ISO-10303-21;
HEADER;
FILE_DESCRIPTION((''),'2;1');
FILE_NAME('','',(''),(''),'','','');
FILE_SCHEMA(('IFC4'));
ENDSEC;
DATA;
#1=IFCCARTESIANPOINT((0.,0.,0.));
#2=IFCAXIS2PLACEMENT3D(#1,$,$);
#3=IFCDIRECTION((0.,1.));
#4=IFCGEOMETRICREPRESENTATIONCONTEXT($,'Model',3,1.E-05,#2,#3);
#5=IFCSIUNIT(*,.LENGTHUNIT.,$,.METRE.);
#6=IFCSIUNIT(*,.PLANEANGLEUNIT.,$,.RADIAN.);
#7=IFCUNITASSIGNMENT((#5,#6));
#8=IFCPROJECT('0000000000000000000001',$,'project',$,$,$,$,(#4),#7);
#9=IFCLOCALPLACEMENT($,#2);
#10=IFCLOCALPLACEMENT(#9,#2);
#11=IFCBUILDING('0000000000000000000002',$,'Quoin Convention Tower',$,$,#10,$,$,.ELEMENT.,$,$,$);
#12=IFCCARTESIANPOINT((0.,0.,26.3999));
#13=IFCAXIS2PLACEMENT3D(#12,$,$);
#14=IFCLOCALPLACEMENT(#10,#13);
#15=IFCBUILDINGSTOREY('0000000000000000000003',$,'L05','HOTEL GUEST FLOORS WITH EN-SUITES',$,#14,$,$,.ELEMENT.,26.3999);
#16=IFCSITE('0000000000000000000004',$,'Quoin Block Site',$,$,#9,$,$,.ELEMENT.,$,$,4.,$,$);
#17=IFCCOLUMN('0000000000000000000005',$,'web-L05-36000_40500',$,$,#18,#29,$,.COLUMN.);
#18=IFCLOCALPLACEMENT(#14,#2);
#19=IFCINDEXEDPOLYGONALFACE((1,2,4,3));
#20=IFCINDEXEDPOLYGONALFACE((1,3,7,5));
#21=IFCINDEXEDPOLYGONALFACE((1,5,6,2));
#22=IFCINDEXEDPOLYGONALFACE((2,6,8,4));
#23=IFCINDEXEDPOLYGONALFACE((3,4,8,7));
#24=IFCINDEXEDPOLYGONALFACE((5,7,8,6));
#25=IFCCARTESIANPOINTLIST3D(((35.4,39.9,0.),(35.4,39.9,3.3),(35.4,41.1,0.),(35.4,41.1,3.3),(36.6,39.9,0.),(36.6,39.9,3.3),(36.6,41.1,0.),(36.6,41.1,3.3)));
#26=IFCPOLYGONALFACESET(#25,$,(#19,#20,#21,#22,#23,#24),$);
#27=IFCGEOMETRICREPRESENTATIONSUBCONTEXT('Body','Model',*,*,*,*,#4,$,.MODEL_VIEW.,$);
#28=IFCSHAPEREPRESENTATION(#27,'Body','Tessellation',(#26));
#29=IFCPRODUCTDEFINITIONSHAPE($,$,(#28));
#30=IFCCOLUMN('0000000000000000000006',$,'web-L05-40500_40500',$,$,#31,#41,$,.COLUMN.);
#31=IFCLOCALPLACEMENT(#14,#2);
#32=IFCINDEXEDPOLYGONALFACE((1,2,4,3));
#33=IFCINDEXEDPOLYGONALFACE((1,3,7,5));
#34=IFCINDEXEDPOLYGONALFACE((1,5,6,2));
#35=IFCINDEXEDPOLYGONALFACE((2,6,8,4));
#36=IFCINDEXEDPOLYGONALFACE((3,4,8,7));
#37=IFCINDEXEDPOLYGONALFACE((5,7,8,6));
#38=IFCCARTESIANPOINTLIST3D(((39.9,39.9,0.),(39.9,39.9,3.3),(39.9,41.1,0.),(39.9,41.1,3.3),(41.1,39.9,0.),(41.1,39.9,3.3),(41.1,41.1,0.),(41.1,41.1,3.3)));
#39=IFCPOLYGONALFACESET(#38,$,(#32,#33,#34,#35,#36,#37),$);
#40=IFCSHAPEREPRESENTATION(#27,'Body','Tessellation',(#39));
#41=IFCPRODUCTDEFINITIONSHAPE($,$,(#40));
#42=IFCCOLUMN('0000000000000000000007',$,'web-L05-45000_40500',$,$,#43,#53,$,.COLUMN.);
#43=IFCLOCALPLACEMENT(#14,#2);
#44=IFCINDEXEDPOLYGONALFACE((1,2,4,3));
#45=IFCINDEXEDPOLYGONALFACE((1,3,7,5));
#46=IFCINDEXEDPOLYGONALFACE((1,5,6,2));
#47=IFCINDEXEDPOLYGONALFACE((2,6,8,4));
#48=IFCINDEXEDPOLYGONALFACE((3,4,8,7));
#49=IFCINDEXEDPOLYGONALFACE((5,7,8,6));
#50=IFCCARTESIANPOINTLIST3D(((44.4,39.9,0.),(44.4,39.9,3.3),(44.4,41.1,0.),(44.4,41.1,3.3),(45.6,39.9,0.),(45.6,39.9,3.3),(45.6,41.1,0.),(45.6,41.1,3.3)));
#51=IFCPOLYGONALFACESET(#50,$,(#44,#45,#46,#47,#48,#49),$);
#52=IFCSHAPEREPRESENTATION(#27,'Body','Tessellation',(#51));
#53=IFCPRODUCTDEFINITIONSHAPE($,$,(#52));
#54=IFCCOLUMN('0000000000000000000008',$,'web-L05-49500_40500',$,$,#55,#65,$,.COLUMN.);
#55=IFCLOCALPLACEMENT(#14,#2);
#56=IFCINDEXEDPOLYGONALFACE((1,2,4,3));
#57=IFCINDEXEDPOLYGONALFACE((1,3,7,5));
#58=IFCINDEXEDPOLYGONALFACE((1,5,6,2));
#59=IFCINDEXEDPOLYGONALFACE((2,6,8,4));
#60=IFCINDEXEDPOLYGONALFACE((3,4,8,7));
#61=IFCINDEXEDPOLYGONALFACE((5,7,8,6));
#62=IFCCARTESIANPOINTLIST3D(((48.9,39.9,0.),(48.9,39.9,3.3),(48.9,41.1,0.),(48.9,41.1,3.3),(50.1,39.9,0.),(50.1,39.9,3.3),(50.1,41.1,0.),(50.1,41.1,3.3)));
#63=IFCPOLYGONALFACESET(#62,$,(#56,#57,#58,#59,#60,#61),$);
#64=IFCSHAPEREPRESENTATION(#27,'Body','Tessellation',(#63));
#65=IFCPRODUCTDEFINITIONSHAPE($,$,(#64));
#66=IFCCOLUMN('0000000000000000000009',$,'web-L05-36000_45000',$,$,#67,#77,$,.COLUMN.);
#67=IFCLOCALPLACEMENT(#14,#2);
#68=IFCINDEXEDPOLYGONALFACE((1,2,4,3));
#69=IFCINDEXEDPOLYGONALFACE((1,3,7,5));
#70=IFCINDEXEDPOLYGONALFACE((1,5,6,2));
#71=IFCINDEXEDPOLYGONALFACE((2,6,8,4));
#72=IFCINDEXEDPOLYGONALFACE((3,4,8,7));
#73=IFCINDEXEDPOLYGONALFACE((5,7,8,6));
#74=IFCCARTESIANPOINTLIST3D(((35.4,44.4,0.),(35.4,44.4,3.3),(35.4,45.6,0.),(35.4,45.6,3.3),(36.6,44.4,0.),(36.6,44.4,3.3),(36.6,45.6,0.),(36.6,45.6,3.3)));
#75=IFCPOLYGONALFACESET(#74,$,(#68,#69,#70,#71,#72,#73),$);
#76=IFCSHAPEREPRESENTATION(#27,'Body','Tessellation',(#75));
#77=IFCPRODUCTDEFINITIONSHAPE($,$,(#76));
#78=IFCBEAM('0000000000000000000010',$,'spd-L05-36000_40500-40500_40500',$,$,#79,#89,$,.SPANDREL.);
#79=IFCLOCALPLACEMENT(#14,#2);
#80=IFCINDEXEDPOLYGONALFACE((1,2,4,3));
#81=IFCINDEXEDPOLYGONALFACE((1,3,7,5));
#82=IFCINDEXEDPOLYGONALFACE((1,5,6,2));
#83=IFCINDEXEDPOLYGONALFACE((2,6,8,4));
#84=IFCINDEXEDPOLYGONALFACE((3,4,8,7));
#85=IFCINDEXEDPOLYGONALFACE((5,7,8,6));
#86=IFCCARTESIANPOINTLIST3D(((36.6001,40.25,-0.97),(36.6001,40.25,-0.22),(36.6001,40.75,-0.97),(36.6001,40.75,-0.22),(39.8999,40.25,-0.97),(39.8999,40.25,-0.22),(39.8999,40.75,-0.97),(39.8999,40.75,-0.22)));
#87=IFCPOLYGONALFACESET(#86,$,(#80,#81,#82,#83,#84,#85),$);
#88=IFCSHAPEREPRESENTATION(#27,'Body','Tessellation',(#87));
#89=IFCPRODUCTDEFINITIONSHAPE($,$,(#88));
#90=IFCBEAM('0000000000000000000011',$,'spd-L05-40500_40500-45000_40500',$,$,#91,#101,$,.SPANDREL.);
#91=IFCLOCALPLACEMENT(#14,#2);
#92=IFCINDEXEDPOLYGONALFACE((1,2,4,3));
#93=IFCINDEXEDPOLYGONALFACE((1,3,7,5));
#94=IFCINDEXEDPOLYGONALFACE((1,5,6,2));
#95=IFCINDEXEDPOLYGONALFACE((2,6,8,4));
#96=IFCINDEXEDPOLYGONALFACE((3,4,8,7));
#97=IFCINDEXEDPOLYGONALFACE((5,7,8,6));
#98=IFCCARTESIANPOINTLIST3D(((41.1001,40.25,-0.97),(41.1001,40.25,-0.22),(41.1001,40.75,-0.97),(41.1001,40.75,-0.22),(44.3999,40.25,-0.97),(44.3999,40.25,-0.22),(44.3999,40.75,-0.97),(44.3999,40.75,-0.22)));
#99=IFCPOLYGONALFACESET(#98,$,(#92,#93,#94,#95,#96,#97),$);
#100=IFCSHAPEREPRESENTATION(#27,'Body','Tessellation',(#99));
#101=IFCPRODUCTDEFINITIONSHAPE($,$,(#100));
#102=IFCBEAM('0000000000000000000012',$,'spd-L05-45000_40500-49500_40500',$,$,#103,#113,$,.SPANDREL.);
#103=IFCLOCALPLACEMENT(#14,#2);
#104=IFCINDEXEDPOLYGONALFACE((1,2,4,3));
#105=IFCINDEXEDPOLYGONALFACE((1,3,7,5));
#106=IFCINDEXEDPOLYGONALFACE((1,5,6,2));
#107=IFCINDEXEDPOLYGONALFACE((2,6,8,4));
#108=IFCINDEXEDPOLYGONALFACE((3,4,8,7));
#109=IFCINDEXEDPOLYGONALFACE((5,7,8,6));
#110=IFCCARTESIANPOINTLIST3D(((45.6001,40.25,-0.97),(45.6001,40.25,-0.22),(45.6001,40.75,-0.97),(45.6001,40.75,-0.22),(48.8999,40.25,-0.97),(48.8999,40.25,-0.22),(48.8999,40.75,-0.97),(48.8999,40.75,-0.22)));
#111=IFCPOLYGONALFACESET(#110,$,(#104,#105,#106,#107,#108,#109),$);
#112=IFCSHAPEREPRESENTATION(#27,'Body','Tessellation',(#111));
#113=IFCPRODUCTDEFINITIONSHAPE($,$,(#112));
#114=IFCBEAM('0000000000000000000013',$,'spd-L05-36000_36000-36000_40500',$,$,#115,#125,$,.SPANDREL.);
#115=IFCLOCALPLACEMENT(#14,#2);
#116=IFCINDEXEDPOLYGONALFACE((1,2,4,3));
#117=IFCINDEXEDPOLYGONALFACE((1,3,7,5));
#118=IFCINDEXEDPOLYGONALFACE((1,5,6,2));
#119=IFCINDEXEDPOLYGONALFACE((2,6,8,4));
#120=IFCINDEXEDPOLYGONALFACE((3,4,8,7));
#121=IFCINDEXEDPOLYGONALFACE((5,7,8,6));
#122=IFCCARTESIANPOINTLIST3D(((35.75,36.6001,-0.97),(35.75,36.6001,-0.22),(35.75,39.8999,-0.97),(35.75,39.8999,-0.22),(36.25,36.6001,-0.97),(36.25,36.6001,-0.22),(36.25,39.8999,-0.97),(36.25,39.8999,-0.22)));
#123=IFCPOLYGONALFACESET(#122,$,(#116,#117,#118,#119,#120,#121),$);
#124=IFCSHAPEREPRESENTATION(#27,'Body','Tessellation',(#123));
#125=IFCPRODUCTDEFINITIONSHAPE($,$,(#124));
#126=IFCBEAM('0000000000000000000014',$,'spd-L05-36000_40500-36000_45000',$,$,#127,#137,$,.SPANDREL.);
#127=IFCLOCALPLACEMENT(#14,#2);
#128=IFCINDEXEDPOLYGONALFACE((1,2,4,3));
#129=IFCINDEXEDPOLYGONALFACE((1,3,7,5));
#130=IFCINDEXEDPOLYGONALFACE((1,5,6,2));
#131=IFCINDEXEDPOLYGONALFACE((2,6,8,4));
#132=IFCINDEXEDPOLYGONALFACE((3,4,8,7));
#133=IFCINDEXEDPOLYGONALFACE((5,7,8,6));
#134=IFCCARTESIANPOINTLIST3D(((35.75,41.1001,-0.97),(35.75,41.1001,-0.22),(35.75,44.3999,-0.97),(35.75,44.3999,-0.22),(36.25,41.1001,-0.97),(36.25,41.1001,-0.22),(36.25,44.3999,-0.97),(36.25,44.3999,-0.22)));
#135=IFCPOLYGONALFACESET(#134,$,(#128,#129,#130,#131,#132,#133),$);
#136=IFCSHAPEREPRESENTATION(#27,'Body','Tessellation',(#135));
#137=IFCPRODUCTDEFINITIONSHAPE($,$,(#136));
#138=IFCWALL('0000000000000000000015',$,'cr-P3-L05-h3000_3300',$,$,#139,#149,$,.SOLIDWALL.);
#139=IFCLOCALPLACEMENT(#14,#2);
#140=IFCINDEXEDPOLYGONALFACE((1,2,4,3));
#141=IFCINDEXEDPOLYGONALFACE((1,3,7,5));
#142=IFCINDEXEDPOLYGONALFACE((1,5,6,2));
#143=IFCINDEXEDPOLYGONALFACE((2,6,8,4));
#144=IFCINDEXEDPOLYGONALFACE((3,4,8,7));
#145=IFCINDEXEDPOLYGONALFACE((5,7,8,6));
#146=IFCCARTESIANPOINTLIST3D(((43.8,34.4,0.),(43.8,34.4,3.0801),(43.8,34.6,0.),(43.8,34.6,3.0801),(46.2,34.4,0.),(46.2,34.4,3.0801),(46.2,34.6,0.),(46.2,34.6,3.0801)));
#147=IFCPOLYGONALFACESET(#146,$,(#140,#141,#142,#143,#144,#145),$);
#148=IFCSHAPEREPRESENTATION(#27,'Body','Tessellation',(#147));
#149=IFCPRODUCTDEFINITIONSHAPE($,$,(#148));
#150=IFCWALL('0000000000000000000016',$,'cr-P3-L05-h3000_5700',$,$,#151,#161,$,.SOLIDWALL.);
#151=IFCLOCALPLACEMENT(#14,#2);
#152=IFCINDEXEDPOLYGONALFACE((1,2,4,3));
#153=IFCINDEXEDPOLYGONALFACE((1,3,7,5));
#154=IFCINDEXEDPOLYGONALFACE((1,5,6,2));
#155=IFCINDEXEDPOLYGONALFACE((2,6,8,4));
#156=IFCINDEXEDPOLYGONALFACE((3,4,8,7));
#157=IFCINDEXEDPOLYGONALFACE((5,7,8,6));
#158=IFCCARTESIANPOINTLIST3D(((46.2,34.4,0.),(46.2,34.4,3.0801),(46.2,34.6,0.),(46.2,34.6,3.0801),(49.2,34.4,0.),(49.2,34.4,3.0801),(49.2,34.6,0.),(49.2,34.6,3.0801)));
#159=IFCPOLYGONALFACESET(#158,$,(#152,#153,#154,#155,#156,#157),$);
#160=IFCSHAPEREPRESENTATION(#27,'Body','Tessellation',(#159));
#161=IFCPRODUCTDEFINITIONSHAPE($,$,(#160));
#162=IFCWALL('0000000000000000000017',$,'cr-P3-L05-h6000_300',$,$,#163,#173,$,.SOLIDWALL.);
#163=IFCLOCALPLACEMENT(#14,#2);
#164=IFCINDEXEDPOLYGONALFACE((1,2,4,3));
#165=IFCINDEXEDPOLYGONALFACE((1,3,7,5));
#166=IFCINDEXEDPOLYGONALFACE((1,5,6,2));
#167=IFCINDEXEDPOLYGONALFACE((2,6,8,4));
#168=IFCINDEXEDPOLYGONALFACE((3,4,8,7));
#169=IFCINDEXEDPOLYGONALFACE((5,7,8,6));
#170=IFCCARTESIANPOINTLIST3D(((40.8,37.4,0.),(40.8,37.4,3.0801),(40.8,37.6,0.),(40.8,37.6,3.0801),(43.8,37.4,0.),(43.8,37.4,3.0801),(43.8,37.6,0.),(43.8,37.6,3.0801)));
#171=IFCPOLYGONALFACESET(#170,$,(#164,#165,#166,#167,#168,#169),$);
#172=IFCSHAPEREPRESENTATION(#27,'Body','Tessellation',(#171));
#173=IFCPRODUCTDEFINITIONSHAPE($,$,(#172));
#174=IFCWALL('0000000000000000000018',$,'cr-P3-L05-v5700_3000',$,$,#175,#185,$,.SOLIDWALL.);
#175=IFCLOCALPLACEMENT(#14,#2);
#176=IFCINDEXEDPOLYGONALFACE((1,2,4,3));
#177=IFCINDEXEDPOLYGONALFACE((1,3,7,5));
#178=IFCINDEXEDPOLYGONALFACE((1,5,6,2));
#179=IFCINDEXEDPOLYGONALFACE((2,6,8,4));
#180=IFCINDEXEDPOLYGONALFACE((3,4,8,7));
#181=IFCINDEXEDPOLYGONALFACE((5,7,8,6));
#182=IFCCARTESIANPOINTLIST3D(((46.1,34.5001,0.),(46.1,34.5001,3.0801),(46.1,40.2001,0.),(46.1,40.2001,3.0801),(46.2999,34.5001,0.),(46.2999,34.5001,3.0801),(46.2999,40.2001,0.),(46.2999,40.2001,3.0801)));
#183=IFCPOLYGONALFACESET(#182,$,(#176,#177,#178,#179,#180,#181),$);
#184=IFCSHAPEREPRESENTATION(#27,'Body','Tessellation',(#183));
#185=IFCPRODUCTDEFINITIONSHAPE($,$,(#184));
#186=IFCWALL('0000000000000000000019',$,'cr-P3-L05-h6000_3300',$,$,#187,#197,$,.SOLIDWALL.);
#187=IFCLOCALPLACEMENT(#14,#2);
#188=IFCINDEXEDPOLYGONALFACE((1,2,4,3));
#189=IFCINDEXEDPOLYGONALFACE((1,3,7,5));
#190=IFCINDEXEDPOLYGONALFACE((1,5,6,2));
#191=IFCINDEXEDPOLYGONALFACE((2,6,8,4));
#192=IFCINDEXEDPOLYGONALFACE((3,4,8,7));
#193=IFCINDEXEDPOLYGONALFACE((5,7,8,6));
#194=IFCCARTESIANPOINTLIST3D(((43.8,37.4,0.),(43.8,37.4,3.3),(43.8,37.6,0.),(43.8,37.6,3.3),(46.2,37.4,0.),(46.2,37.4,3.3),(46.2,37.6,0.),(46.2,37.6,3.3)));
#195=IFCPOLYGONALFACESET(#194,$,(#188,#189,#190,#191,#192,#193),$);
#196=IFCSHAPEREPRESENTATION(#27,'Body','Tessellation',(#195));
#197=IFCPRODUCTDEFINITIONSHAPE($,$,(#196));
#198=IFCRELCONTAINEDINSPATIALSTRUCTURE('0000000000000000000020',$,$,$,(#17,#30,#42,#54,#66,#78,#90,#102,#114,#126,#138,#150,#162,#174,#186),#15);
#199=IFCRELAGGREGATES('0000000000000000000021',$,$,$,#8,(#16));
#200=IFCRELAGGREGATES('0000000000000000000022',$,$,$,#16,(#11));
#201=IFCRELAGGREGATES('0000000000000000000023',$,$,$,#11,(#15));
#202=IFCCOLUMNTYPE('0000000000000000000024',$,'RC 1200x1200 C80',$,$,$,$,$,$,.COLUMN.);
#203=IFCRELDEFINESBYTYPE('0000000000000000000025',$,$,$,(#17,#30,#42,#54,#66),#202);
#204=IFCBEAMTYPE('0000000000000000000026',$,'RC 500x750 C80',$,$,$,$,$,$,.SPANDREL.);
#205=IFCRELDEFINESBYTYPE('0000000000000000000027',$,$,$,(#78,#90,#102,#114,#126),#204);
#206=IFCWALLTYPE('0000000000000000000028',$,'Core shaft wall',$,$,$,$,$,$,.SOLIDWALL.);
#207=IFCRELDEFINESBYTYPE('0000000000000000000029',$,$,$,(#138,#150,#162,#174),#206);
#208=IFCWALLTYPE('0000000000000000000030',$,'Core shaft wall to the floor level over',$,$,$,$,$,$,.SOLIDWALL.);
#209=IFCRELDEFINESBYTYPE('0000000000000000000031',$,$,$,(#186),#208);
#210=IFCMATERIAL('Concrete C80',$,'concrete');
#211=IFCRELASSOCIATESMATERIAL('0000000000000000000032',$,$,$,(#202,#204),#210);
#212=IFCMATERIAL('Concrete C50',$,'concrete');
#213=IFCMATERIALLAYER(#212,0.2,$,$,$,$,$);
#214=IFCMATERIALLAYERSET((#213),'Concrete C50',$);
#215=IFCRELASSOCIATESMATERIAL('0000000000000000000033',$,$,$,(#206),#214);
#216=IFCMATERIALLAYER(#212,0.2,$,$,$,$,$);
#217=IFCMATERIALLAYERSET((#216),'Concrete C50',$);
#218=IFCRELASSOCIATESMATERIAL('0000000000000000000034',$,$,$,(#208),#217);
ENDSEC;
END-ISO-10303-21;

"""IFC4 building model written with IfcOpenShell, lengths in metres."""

from ifc_helpers import new_model, si_unit, direction, frame, frame_2d, origin, origin_2d, place, context, subcontext, project, spatial, rectangle, extrude, material, layer, layer_set, material_profile, profile_set, type_object, element, save


model = new_model("IFC4")

# Units and contexts
model_context = context("Model", 3, precision=1e-05, world=origin(), true_north=direction((0.0, 1.0)))
body_context = subcontext(model_context, "Body", "Model", "MODEL_VIEW")
ifc_project = project(units=[si_unit("LENGTHUNIT", "METRE"), si_unit("PLANEANGLEUNIT", "RADIAN")], contexts=[model_context])

# Site, building, storey
site_placement = place(None, origin())
site = spatial("IfcSite", under=ifc_project, at=site_placement, Name="Quoin Block Site", CompositionType="ELEMENT", RefElevation=4.0)
building_placement = place(site_placement, origin())
building = spatial("IfcBuilding", under=site, at=building_placement, Name="Quoin Convention Tower", CompositionType="ELEMENT")
storey_placement = place(building_placement, frame((0.0, 0.0, 26.3999)))
storey = spatial("IfcBuildingStorey", under=building, at=storey_placement, Name="L05", Description="HOTEL GUEST FLOORS WITH EN-SUITES", CompositionType="ELEMENT", Elevation=26.3999)

# Columns
ifc_material_1 = material(Name="Concrete C80", Category="concrete")
ifc_material_profile_1 = material_profile(ifc_material_1, rectangle(XDim=1.2, YDim=1.2, at=origin_2d()), Name="RC 1200x1200")
ifc_profile_set_1 = profile_set([ifc_material_profile_1], Name="Concrete C80")
column_type = type_object("IfcColumnType", Name="RC 1200x1200 C80", PredefinedType="COLUMN", material=ifc_profile_set_1)
for number, where, z_axis, x_axis, name in (
    (1, (36.0, 40.5, 0.0), (0.0, 0.0, 1.0), (1.0, 0.0, 0.0), "web-L05-36000_40500"),
    (2, (40.5, 40.5, 0.0), (0.0, 0.0, 1.0), (1.0, 0.0, 0.0), "web-L05-40500_40500"),
    (3, (45.0, 40.5, 0.0), (0.0, 0.0, 1.0), (1.0, 0.0, 0.0), "web-L05-45000_40500"),
    (4, (49.5, 40.5, 0.0), (0.0, 0.0, 1.0), (1.0, 0.0, 0.0), "web-L05-49500_40500"),
    (5, (36.0, 45.0, 0.0), (0.0, 0.0, 1.0), (1.0, 0.0, 0.0), "web-L05-36000_45000"),
):
    element("IfcColumn", number, at=place(storey_placement, frame(where, z_axis=z_axis, x_axis=x_axis)), inside=storey, type_object=column_type, Name=name, PredefinedType="COLUMN", context=body_context, shape_type="SweptSolid", body=[
        extrude(rectangle(XDim=1.2, YDim=1.2, at=origin_2d()), origin(), (0.0, 0.0, 1.0), 3.3),
    ])

# Beams
ifc_material_profile_2 = material_profile(ifc_material_1, rectangle(XDim=0.5, YDim=0.75, at=origin_2d()), Name="RC 500x750")
ifc_profile_set_2 = profile_set([ifc_material_profile_2], Name="Concrete C80")
beam_type = type_object("IfcBeamType", Name="RC 500x750 C80", PredefinedType="SPANDREL", material=ifc_profile_set_2)
for number, where, z_axis, x_axis, name in (
    (6, (36.6001, 40.5, -0.595), (1.0, 0.0, 0.0), (0.0, 1.0, 0.0), "spd-L05-36000_40500-40500_40500"),
    (7, (41.1001, 40.5, -0.595), (1.0, 0.0, 0.0), (0.0, 1.0, 0.0), "spd-L05-40500_40500-45000_40500"),
    (8, (45.6001, 40.5, -0.595), (1.0, 0.0, 0.0), (0.0, 1.0, 0.0), "spd-L05-45000_40500-49500_40500"),
    (9, (36.0, 36.6001, -0.595), (0.0, 1.0, 0.0), (-1.0, 0.0, 0.0), "spd-L05-36000_36000-36000_40500"),
    (10, (36.0, 41.1001, -0.595), (0.0, 1.0, 0.0), (-1.0, 0.0, 0.0), "spd-L05-36000_40500-36000_45000"),
):
    element("IfcBeam", number, at=place(storey_placement, frame(where, z_axis=z_axis, x_axis=x_axis)), inside=storey, type_object=beam_type, Name=name, PredefinedType="SPANDREL", context=body_context, shape_type="SweptSolid", body=[
        extrude(rectangle(XDim=0.5, YDim=0.75, at=origin_2d()), origin(), (0.0, 0.0, 1.0), 3.2998),
    ])

# Walls
ifc_material_2 = material(Name="Concrete C50", Category="concrete")
ifc_layer_1 = layer(ifc_material_2, 0.2)
ifc_layer_set_1 = layer_set([ifc_layer_1], Name="Concrete C50")
wall_type_1 = type_object("IfcWallType", Name="Core shaft wall", PredefinedType="SOLIDWALL", material=ifc_layer_set_1)
wall_1_placement = place(storey_placement, frame((43.8, 34.5, 0.0), z_axis=(0.0, 0.0, 1.0), x_axis=(1.0, 0.0, 0.0)))
element("IfcWall", 11, at=wall_1_placement, inside=storey, type_object=wall_type_1, Name="cr-P3-L05-h3000_3300", PredefinedType="SOLIDWALL", context=body_context, shape_type="SweptSolid", body=[
    extrude(rectangle(XDim=2.3999, YDim=0.2, at=frame_2d((1.2, 0.0))), origin(), (0.0, 0.0, 1.0), 3.0801),
])
for number, where, z_axis, x_axis, name in (
    (12, (46.2, 34.5, 0.0), (0.0, 0.0, 1.0), (1.0, 0.0, 0.0), "cr-P3-L05-h3000_5700"),
    (13, (40.8, 37.5, 0.0), (0.0, 0.0, 1.0), (1.0, 0.0, 0.0), "cr-P3-L05-h6000_300"),
):
    element("IfcWall", number, at=place(storey_placement, frame(where, z_axis=z_axis, x_axis=x_axis)), inside=storey, type_object=wall_type_1, Name=name, PredefinedType="SOLIDWALL", context=body_context, shape_type="SweptSolid", body=[
        extrude(rectangle(XDim=3.0, YDim=0.2, at=frame_2d((1.5, 0.0))), origin(), (0.0, 0.0, 1.0), 3.0801),
    ])
wall_2_placement = place(storey_placement, frame((46.2, 34.5, 0.0), z_axis=(0.0, 0.0, 1.0), x_axis=(0.0, 1.0, 0.0)))
element("IfcWall", 14, at=wall_2_placement, inside=storey, type_object=wall_type_1, Name="cr-P3-L05-v5700_3000", PredefinedType="SOLIDWALL", context=body_context, shape_type="SweptSolid", body=[
    extrude(rectangle(XDim=5.7, YDim=0.2, at=frame_2d((2.8501, 0.0))), origin(), (0.0, 0.0, 1.0), 3.0801),
])
ifc_layer_2 = layer(ifc_material_2, 0.2)
ifc_layer_set_2 = layer_set([ifc_layer_2], Name="Concrete C50")
wall_type_2 = type_object("IfcWallType", Name="Core shaft wall to the floor level over", PredefinedType="SOLIDWALL", material=ifc_layer_set_2)
wall_3_placement = place(storey_placement, frame((43.8, 37.5, 0.0), z_axis=(0.0, 0.0, 1.0), x_axis=(1.0, 0.0, 0.0)))
element("IfcWall", 15, at=wall_3_placement, inside=storey, type_object=wall_type_2, Name="cr-P3-L05-h6000_3300", PredefinedType="SOLIDWALL", context=body_context, shape_type="SweptSolid", body=[
    extrude(rectangle(XDim=2.3999, YDim=0.2, at=frame_2d((1.2, 0.0))), origin(), (0.0, 0.0, 1.0), 3.3),
])

save(model, "model.ifc")
